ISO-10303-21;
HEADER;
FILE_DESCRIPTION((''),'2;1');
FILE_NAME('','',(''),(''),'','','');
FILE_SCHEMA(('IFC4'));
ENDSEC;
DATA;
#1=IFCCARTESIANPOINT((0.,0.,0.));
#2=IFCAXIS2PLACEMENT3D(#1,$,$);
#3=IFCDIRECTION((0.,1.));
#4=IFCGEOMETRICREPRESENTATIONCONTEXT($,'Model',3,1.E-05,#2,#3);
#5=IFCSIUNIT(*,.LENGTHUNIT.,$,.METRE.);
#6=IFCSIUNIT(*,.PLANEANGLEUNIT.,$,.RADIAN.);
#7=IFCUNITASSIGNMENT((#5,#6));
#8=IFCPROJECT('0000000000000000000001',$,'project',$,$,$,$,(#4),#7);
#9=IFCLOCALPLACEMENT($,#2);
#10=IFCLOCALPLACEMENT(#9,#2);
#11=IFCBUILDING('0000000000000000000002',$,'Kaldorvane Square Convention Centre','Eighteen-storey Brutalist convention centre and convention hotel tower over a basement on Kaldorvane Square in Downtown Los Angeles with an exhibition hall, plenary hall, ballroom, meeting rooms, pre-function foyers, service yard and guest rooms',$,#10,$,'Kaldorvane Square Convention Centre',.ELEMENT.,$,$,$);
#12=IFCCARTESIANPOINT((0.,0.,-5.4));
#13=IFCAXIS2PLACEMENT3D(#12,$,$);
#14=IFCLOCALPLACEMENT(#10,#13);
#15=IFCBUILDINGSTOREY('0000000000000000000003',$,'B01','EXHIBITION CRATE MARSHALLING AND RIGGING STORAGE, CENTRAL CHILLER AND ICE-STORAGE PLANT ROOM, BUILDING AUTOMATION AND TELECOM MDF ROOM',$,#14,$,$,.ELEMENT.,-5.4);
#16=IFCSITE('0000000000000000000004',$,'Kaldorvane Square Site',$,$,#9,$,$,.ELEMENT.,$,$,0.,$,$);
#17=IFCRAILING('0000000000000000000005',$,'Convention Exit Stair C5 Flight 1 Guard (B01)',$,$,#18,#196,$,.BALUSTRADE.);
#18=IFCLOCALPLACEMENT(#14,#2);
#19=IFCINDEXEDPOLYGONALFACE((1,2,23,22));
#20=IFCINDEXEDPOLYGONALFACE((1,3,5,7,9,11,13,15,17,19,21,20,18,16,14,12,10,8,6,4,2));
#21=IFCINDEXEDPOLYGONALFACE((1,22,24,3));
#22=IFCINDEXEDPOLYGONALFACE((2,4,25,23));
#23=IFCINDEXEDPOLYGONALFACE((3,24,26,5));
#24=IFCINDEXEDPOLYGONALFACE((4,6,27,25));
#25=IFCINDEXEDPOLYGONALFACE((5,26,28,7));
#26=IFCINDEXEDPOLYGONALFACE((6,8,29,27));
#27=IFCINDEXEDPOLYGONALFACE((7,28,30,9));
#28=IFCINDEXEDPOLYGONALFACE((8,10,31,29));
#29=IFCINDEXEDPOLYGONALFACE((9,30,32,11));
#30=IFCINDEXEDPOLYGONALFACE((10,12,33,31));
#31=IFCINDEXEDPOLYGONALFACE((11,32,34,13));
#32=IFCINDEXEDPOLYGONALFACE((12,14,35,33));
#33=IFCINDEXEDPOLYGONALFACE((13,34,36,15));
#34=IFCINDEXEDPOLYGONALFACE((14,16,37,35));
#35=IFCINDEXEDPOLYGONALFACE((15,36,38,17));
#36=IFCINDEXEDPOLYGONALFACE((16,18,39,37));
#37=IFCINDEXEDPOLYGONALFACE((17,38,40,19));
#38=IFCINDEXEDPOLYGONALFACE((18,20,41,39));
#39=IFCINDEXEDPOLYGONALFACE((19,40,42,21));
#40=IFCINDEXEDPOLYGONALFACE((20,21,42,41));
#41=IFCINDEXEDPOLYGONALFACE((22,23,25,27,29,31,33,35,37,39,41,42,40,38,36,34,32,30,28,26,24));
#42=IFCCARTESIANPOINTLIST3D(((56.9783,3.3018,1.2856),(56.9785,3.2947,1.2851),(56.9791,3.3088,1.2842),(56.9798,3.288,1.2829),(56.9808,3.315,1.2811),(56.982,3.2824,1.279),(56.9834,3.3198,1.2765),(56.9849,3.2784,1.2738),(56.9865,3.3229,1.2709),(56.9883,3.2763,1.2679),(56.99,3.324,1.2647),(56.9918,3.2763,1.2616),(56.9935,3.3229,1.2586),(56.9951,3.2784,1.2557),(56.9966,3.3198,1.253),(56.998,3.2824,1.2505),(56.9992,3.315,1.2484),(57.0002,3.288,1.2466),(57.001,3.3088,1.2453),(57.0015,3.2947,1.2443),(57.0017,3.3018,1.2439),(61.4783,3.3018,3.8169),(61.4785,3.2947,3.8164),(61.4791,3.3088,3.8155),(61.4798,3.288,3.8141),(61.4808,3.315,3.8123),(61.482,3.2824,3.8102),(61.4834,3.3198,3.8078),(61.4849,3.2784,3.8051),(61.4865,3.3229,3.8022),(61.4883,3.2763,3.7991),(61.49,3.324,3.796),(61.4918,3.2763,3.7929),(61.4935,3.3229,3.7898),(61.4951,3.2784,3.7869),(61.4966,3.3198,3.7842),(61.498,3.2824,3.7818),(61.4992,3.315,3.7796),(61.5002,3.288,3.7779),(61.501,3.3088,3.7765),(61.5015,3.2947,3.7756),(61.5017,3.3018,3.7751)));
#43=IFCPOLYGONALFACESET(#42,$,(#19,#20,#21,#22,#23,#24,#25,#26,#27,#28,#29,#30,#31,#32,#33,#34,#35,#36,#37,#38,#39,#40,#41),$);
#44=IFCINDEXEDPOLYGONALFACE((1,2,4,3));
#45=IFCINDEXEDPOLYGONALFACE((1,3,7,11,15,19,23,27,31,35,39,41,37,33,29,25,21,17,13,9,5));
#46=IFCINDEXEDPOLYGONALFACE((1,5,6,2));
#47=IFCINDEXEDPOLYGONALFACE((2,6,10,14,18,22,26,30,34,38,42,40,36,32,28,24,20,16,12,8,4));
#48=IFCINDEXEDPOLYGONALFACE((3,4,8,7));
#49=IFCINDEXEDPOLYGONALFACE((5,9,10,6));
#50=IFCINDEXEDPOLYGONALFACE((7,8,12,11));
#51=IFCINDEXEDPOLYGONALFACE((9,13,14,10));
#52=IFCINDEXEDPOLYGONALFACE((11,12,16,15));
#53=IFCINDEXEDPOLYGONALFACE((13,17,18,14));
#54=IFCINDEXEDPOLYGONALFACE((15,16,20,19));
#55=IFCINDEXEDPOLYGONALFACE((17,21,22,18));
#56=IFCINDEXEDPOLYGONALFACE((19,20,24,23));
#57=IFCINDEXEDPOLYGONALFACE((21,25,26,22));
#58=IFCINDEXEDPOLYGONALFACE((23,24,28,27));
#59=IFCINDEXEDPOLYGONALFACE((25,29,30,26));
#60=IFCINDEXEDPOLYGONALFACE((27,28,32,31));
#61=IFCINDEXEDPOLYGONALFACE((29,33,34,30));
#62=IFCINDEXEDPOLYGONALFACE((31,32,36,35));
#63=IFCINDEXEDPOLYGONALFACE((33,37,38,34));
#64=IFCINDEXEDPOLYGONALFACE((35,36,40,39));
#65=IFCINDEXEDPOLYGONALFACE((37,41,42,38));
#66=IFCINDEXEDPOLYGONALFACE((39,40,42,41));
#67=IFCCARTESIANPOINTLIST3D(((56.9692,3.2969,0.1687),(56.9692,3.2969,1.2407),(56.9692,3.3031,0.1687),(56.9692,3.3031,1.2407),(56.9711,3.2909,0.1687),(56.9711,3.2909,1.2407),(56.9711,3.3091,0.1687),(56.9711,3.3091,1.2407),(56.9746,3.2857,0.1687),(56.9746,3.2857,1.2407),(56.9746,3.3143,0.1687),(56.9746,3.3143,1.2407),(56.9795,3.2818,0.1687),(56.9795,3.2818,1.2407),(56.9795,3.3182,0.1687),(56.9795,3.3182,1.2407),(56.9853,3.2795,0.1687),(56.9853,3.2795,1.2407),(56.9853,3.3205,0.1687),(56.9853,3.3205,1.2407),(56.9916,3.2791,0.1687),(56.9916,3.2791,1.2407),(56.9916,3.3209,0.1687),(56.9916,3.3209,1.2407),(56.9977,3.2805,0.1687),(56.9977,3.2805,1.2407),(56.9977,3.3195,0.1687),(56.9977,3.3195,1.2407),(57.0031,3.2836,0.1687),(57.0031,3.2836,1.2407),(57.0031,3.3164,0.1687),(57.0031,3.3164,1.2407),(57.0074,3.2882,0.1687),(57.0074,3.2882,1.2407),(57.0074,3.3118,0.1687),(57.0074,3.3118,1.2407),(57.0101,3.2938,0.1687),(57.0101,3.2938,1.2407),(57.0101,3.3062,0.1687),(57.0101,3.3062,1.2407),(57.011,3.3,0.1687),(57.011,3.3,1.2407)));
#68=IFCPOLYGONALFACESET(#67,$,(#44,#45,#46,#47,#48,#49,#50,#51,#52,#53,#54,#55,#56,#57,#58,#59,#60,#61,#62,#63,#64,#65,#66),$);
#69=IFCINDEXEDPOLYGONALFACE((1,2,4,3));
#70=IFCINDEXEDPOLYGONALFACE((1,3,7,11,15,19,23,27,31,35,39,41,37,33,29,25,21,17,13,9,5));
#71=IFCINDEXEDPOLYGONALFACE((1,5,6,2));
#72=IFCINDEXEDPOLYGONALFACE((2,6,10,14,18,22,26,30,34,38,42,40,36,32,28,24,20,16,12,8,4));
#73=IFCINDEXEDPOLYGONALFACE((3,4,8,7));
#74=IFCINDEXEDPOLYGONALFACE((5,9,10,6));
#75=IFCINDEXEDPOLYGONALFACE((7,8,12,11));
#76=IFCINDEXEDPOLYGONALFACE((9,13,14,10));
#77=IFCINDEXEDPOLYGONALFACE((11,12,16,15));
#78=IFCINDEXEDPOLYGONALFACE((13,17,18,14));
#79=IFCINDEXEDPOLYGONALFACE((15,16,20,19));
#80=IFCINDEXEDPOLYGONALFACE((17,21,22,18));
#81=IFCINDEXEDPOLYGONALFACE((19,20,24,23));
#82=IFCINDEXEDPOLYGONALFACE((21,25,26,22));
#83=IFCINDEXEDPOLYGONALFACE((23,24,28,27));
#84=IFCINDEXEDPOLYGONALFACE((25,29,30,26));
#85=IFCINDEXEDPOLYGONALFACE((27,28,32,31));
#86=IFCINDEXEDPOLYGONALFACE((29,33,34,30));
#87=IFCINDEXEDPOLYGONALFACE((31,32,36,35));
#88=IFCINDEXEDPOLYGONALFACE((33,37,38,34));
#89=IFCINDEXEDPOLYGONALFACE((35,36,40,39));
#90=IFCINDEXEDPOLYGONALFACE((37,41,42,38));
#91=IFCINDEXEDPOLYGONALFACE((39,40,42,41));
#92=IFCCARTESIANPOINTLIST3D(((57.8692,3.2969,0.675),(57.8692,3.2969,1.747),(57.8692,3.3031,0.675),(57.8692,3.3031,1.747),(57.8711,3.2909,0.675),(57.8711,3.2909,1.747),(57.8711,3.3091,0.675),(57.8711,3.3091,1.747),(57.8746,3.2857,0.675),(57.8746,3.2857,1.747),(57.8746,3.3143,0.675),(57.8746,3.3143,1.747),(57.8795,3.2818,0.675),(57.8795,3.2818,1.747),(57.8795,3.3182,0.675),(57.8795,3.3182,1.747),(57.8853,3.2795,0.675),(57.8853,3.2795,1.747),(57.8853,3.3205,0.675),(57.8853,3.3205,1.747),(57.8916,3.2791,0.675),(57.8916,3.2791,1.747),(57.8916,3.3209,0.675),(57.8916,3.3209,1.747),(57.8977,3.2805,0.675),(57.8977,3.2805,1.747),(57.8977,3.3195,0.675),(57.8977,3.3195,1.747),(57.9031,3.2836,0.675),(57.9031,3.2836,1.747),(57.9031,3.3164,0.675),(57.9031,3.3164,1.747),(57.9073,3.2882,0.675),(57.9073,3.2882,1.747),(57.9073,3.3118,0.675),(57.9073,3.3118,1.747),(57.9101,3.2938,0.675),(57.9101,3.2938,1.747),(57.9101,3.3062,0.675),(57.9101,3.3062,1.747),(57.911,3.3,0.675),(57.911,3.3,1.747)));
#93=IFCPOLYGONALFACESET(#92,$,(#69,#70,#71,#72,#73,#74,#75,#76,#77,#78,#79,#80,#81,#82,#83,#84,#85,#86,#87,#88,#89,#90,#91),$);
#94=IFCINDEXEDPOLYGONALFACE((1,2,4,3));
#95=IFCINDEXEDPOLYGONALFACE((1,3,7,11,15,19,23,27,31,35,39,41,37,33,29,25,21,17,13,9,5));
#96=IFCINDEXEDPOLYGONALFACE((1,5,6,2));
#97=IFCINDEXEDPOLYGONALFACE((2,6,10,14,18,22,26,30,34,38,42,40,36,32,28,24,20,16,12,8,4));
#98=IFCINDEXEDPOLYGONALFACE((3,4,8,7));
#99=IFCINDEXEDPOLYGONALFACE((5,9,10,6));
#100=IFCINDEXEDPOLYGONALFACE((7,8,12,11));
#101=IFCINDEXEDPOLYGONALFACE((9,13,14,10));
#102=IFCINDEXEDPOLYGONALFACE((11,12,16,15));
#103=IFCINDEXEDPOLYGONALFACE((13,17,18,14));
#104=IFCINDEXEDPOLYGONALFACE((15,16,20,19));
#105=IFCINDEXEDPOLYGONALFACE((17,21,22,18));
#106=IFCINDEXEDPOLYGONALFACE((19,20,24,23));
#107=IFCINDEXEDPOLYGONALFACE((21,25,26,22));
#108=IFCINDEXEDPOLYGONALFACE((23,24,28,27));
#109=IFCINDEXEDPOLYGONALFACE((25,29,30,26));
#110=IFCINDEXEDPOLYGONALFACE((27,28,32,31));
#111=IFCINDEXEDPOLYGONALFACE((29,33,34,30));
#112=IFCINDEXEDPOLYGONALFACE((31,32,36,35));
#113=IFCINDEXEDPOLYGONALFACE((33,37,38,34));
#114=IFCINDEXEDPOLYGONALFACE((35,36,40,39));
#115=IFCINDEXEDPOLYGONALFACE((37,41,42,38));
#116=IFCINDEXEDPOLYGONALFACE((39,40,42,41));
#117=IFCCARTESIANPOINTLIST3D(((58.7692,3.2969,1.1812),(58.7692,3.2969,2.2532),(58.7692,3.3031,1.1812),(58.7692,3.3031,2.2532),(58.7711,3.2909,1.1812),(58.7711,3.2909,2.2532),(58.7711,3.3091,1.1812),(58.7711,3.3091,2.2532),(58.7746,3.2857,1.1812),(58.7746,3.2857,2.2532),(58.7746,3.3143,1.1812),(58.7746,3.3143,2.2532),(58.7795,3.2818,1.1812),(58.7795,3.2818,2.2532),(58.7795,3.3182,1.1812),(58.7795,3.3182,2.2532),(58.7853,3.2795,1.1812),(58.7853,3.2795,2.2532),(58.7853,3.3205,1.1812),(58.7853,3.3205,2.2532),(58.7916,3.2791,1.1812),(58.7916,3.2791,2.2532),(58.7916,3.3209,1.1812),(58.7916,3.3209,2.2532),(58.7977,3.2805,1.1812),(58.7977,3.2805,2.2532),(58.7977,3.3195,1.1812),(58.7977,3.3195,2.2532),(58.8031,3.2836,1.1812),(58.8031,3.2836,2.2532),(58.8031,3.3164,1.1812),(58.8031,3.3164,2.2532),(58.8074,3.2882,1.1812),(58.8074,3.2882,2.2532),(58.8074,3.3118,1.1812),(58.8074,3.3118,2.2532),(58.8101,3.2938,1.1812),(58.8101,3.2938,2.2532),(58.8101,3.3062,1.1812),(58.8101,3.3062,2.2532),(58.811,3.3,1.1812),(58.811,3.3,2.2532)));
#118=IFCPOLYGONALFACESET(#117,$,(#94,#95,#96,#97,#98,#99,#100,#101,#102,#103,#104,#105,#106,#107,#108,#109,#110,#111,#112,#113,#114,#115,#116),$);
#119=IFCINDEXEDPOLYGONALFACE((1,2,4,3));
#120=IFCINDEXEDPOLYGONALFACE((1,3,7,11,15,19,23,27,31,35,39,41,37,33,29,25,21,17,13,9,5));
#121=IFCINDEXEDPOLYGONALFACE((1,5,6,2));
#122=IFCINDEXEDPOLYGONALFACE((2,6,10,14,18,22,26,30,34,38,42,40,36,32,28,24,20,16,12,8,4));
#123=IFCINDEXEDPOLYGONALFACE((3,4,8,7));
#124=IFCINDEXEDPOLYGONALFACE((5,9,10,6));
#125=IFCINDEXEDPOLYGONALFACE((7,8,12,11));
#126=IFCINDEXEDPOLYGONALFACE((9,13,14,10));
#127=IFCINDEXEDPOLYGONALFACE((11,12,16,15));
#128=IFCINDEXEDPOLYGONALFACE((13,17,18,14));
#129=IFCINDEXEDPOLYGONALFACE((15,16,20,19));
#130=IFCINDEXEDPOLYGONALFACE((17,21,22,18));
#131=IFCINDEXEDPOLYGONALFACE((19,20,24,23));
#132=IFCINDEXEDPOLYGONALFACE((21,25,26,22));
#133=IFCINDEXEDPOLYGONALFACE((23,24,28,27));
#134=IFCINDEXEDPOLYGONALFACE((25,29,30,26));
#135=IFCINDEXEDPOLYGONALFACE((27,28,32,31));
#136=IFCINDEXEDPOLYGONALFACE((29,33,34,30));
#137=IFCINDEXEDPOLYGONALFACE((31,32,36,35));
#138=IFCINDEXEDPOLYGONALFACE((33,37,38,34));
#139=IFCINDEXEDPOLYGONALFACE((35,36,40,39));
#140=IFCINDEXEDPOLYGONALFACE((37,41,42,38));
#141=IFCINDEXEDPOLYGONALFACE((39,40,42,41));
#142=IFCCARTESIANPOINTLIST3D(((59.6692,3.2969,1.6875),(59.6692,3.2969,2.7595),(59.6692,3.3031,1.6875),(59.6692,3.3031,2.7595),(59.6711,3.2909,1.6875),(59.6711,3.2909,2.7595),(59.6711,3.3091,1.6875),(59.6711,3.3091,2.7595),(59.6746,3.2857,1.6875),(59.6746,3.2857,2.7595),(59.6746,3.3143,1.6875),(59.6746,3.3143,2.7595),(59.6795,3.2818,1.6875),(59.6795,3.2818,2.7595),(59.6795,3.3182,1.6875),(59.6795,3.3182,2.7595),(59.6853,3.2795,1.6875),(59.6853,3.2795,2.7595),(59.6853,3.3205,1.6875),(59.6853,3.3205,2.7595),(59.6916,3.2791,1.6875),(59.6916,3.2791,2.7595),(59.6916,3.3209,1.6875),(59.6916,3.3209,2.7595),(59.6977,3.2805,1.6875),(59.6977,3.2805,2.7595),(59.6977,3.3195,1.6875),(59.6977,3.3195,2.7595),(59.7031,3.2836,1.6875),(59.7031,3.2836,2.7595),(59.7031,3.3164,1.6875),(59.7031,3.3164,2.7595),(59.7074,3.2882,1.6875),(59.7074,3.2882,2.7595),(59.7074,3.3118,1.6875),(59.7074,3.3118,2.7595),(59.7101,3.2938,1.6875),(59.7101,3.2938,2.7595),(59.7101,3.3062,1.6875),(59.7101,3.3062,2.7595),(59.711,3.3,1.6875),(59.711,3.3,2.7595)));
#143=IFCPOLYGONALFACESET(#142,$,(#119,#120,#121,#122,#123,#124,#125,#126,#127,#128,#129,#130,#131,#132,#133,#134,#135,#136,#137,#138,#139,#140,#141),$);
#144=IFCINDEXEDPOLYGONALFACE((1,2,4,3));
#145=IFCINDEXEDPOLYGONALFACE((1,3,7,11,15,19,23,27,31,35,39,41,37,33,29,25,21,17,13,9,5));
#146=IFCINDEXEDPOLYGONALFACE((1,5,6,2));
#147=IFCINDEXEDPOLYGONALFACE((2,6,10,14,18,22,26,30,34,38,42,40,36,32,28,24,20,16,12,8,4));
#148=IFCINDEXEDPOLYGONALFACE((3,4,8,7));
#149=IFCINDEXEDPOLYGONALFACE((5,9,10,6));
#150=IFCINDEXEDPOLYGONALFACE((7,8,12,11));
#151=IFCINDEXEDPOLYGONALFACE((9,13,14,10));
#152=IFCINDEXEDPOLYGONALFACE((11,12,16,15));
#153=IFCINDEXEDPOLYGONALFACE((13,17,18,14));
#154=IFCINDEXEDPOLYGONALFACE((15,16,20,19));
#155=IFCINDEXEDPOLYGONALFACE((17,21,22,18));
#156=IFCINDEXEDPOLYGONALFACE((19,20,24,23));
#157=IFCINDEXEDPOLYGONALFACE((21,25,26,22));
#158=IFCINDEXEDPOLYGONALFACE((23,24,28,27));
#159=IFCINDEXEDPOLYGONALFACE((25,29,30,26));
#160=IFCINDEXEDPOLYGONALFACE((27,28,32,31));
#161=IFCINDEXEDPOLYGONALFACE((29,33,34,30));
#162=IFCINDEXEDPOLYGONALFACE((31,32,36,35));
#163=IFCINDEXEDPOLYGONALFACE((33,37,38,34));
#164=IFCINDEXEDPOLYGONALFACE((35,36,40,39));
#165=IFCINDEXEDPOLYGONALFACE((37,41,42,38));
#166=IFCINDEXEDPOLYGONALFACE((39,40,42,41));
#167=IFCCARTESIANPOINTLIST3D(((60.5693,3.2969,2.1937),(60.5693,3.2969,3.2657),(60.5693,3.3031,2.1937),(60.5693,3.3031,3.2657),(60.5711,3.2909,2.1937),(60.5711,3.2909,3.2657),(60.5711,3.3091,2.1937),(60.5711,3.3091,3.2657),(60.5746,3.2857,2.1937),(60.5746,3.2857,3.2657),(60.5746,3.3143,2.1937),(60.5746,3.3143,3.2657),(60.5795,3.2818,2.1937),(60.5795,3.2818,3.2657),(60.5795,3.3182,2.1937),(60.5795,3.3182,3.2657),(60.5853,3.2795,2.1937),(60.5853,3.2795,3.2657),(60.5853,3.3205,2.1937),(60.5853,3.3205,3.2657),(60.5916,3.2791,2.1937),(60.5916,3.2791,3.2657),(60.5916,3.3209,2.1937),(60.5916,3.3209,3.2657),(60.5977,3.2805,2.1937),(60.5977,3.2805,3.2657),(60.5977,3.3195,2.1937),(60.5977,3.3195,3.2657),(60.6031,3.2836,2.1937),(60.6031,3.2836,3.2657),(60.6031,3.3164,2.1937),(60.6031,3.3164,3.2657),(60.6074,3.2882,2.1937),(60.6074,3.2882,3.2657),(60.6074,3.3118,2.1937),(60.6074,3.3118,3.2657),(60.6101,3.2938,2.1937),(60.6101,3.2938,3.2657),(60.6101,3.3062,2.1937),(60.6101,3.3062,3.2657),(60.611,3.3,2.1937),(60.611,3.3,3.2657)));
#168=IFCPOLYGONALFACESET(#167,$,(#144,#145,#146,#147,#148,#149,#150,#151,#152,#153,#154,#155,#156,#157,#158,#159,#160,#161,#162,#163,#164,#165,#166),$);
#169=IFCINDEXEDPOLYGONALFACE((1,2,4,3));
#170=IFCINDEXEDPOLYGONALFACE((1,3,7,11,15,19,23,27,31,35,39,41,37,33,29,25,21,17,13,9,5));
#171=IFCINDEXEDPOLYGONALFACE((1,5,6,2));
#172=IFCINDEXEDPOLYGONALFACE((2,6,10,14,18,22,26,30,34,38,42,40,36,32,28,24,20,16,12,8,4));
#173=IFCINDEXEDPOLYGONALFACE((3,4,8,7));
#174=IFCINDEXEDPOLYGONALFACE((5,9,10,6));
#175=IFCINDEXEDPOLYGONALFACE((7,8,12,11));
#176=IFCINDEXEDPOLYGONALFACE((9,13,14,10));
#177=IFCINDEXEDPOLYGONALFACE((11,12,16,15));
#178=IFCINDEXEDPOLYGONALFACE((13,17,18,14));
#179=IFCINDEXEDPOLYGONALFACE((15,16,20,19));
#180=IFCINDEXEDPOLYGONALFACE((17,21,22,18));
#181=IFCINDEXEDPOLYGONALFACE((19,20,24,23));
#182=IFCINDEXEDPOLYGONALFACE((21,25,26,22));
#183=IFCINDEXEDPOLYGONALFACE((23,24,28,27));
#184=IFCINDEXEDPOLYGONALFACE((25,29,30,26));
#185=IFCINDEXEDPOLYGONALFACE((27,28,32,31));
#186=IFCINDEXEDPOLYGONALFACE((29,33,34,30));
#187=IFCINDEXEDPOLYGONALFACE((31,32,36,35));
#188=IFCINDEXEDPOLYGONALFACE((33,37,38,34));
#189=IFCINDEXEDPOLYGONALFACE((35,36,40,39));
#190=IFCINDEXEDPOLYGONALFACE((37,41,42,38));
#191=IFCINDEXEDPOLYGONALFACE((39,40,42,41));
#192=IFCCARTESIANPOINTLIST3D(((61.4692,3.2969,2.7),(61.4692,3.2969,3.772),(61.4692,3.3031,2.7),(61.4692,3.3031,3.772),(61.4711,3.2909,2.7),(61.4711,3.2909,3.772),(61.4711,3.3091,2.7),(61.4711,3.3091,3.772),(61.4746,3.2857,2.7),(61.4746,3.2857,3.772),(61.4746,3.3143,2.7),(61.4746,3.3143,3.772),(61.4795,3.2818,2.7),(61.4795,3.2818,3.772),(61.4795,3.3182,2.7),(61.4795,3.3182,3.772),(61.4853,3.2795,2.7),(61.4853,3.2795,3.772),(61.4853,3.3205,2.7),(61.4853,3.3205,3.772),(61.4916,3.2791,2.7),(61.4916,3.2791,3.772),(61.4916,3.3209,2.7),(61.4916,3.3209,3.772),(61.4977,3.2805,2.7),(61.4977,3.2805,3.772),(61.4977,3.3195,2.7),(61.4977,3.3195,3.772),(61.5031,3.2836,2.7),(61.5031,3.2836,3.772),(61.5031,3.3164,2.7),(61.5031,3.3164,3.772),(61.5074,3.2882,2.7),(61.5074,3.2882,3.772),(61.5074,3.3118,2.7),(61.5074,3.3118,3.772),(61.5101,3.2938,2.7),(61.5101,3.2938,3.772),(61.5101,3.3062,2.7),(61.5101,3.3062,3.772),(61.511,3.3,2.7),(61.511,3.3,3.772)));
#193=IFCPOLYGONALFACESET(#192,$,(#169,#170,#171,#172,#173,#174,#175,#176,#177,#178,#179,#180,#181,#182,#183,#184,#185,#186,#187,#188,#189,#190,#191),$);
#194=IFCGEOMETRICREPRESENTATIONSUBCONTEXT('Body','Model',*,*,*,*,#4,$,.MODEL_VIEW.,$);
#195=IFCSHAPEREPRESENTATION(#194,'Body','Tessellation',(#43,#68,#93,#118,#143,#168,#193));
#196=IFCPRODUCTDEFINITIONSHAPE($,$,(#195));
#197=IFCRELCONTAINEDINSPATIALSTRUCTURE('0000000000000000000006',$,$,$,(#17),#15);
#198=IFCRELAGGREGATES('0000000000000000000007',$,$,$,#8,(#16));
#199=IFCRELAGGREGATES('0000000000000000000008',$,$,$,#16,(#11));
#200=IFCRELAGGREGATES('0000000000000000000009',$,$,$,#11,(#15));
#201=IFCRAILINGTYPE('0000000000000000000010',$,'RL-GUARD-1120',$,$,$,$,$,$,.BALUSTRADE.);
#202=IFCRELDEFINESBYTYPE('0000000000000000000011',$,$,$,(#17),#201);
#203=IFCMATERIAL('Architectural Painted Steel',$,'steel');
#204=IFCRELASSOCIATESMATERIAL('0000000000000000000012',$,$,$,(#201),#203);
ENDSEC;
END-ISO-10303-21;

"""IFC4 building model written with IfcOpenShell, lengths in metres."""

from ifc_helpers import new_model, si_unit, direction, frame, origin, origin_2d, place, context, subcontext, project, spatial, circle, extrude, material, type_object, element, save


model = new_model("IFC4")

# Units and contexts
model_context = context("Model", 3, precision=1e-05, world=origin(), true_north=direction((0.0, 1.0)))
body_context = subcontext(model_context, "Body", "Model", "MODEL_VIEW")
ifc_project = project(units=[si_unit("LENGTHUNIT", "METRE"), si_unit("PLANEANGLEUNIT", "RADIAN")], contexts=[model_context])

# Site, building, storey
site_placement = place(None, origin())
site = spatial("IfcSite", under=ifc_project, at=site_placement, Name="Kaldorvane Square Site", CompositionType="ELEMENT", RefElevation=0.0)
building_placement = place(site_placement, origin())
building = spatial("IfcBuilding", under=site, at=building_placement, Name="Kaldorvane Square Convention Centre", Description="Eighteen-storey Brutalist convention centre and convention hotel tower over a basement on Kaldorvane Square in Downtown Los Angeles with an exhibition hall, plenary hall, ballroom, meeting rooms, pre-function foyers, service yard and guest rooms", LongName="Kaldorvane Square Convention Centre", CompositionType="ELEMENT")
storey_placement = place(building_placement, frame((0.0, 0.0, -5.4)))
storey = spatial("IfcBuildingStorey", under=building, at=storey_placement, Name="B01", Description="EXHIBITION CRATE MARSHALLING AND RIGGING STORAGE, CENTRAL CHILLER AND ICE-STORAGE PLANT ROOM, BUILDING AUTOMATION AND TELECOM MDF ROOM", CompositionType="ELEMENT", Elevation=-5.4)

# Railing
ifc_material_1 = material(Name="Architectural Painted Steel", Category="steel")
railing_type_1 = type_object("IfcRailingType", Name="RL-GUARD-1120", PredefinedType="BALUSTRADE", material=ifc_material_1)
railing_1_placement = place(storey_placement, frame((56.99, 3.3, 0.1687)))
element("IfcRailing", 1, at=railing_1_placement, inside=storey, type_object=railing_type_1, Name="Convention Exit Stair C5 Flight 1 Guard (B01)", PredefinedType="BALUSTRADE", context=body_context, shape_type="SweptSolid", body=[
    extrude(circle(Radius=0.024, at=origin_2d()), frame((0.0, 0.0, 1.096), z_axis=(0.871576, 0.0, 0.490261), x_axis=(0.0, 1.0, 0.0)), (0.0, 0.0, 1.0), 5.1631),
    extrude(circle(Radius=0.021, at=origin_2d()), origin(), (0.0, 0.0, 1.0), 1.072),
    extrude(circle(Radius=0.021, at=origin_2d()), frame((0.9, 0.0, 0.5063)), (0.0, 0.0, 1.0), 1.072),
    extrude(circle(Radius=0.021, at=origin_2d()), frame((1.8, 0.0, 1.0125)), (0.0, 0.0, 1.0), 1.072),
    extrude(circle(Radius=0.021, at=origin_2d()), frame((2.7, 0.0, 1.5188)), (0.0, 0.0, 1.0), 1.072),
    extrude(circle(Radius=0.021, at=origin_2d()), frame((3.6, 0.0, 2.025)), (0.0, 0.0, 1.0), 1.072),
    extrude(circle(Radius=0.021, at=origin_2d()), frame((4.5, 0.0, 2.5312)), (0.0, 0.0, 1.0), 1.072),
])

save(model, "model.ifc")
